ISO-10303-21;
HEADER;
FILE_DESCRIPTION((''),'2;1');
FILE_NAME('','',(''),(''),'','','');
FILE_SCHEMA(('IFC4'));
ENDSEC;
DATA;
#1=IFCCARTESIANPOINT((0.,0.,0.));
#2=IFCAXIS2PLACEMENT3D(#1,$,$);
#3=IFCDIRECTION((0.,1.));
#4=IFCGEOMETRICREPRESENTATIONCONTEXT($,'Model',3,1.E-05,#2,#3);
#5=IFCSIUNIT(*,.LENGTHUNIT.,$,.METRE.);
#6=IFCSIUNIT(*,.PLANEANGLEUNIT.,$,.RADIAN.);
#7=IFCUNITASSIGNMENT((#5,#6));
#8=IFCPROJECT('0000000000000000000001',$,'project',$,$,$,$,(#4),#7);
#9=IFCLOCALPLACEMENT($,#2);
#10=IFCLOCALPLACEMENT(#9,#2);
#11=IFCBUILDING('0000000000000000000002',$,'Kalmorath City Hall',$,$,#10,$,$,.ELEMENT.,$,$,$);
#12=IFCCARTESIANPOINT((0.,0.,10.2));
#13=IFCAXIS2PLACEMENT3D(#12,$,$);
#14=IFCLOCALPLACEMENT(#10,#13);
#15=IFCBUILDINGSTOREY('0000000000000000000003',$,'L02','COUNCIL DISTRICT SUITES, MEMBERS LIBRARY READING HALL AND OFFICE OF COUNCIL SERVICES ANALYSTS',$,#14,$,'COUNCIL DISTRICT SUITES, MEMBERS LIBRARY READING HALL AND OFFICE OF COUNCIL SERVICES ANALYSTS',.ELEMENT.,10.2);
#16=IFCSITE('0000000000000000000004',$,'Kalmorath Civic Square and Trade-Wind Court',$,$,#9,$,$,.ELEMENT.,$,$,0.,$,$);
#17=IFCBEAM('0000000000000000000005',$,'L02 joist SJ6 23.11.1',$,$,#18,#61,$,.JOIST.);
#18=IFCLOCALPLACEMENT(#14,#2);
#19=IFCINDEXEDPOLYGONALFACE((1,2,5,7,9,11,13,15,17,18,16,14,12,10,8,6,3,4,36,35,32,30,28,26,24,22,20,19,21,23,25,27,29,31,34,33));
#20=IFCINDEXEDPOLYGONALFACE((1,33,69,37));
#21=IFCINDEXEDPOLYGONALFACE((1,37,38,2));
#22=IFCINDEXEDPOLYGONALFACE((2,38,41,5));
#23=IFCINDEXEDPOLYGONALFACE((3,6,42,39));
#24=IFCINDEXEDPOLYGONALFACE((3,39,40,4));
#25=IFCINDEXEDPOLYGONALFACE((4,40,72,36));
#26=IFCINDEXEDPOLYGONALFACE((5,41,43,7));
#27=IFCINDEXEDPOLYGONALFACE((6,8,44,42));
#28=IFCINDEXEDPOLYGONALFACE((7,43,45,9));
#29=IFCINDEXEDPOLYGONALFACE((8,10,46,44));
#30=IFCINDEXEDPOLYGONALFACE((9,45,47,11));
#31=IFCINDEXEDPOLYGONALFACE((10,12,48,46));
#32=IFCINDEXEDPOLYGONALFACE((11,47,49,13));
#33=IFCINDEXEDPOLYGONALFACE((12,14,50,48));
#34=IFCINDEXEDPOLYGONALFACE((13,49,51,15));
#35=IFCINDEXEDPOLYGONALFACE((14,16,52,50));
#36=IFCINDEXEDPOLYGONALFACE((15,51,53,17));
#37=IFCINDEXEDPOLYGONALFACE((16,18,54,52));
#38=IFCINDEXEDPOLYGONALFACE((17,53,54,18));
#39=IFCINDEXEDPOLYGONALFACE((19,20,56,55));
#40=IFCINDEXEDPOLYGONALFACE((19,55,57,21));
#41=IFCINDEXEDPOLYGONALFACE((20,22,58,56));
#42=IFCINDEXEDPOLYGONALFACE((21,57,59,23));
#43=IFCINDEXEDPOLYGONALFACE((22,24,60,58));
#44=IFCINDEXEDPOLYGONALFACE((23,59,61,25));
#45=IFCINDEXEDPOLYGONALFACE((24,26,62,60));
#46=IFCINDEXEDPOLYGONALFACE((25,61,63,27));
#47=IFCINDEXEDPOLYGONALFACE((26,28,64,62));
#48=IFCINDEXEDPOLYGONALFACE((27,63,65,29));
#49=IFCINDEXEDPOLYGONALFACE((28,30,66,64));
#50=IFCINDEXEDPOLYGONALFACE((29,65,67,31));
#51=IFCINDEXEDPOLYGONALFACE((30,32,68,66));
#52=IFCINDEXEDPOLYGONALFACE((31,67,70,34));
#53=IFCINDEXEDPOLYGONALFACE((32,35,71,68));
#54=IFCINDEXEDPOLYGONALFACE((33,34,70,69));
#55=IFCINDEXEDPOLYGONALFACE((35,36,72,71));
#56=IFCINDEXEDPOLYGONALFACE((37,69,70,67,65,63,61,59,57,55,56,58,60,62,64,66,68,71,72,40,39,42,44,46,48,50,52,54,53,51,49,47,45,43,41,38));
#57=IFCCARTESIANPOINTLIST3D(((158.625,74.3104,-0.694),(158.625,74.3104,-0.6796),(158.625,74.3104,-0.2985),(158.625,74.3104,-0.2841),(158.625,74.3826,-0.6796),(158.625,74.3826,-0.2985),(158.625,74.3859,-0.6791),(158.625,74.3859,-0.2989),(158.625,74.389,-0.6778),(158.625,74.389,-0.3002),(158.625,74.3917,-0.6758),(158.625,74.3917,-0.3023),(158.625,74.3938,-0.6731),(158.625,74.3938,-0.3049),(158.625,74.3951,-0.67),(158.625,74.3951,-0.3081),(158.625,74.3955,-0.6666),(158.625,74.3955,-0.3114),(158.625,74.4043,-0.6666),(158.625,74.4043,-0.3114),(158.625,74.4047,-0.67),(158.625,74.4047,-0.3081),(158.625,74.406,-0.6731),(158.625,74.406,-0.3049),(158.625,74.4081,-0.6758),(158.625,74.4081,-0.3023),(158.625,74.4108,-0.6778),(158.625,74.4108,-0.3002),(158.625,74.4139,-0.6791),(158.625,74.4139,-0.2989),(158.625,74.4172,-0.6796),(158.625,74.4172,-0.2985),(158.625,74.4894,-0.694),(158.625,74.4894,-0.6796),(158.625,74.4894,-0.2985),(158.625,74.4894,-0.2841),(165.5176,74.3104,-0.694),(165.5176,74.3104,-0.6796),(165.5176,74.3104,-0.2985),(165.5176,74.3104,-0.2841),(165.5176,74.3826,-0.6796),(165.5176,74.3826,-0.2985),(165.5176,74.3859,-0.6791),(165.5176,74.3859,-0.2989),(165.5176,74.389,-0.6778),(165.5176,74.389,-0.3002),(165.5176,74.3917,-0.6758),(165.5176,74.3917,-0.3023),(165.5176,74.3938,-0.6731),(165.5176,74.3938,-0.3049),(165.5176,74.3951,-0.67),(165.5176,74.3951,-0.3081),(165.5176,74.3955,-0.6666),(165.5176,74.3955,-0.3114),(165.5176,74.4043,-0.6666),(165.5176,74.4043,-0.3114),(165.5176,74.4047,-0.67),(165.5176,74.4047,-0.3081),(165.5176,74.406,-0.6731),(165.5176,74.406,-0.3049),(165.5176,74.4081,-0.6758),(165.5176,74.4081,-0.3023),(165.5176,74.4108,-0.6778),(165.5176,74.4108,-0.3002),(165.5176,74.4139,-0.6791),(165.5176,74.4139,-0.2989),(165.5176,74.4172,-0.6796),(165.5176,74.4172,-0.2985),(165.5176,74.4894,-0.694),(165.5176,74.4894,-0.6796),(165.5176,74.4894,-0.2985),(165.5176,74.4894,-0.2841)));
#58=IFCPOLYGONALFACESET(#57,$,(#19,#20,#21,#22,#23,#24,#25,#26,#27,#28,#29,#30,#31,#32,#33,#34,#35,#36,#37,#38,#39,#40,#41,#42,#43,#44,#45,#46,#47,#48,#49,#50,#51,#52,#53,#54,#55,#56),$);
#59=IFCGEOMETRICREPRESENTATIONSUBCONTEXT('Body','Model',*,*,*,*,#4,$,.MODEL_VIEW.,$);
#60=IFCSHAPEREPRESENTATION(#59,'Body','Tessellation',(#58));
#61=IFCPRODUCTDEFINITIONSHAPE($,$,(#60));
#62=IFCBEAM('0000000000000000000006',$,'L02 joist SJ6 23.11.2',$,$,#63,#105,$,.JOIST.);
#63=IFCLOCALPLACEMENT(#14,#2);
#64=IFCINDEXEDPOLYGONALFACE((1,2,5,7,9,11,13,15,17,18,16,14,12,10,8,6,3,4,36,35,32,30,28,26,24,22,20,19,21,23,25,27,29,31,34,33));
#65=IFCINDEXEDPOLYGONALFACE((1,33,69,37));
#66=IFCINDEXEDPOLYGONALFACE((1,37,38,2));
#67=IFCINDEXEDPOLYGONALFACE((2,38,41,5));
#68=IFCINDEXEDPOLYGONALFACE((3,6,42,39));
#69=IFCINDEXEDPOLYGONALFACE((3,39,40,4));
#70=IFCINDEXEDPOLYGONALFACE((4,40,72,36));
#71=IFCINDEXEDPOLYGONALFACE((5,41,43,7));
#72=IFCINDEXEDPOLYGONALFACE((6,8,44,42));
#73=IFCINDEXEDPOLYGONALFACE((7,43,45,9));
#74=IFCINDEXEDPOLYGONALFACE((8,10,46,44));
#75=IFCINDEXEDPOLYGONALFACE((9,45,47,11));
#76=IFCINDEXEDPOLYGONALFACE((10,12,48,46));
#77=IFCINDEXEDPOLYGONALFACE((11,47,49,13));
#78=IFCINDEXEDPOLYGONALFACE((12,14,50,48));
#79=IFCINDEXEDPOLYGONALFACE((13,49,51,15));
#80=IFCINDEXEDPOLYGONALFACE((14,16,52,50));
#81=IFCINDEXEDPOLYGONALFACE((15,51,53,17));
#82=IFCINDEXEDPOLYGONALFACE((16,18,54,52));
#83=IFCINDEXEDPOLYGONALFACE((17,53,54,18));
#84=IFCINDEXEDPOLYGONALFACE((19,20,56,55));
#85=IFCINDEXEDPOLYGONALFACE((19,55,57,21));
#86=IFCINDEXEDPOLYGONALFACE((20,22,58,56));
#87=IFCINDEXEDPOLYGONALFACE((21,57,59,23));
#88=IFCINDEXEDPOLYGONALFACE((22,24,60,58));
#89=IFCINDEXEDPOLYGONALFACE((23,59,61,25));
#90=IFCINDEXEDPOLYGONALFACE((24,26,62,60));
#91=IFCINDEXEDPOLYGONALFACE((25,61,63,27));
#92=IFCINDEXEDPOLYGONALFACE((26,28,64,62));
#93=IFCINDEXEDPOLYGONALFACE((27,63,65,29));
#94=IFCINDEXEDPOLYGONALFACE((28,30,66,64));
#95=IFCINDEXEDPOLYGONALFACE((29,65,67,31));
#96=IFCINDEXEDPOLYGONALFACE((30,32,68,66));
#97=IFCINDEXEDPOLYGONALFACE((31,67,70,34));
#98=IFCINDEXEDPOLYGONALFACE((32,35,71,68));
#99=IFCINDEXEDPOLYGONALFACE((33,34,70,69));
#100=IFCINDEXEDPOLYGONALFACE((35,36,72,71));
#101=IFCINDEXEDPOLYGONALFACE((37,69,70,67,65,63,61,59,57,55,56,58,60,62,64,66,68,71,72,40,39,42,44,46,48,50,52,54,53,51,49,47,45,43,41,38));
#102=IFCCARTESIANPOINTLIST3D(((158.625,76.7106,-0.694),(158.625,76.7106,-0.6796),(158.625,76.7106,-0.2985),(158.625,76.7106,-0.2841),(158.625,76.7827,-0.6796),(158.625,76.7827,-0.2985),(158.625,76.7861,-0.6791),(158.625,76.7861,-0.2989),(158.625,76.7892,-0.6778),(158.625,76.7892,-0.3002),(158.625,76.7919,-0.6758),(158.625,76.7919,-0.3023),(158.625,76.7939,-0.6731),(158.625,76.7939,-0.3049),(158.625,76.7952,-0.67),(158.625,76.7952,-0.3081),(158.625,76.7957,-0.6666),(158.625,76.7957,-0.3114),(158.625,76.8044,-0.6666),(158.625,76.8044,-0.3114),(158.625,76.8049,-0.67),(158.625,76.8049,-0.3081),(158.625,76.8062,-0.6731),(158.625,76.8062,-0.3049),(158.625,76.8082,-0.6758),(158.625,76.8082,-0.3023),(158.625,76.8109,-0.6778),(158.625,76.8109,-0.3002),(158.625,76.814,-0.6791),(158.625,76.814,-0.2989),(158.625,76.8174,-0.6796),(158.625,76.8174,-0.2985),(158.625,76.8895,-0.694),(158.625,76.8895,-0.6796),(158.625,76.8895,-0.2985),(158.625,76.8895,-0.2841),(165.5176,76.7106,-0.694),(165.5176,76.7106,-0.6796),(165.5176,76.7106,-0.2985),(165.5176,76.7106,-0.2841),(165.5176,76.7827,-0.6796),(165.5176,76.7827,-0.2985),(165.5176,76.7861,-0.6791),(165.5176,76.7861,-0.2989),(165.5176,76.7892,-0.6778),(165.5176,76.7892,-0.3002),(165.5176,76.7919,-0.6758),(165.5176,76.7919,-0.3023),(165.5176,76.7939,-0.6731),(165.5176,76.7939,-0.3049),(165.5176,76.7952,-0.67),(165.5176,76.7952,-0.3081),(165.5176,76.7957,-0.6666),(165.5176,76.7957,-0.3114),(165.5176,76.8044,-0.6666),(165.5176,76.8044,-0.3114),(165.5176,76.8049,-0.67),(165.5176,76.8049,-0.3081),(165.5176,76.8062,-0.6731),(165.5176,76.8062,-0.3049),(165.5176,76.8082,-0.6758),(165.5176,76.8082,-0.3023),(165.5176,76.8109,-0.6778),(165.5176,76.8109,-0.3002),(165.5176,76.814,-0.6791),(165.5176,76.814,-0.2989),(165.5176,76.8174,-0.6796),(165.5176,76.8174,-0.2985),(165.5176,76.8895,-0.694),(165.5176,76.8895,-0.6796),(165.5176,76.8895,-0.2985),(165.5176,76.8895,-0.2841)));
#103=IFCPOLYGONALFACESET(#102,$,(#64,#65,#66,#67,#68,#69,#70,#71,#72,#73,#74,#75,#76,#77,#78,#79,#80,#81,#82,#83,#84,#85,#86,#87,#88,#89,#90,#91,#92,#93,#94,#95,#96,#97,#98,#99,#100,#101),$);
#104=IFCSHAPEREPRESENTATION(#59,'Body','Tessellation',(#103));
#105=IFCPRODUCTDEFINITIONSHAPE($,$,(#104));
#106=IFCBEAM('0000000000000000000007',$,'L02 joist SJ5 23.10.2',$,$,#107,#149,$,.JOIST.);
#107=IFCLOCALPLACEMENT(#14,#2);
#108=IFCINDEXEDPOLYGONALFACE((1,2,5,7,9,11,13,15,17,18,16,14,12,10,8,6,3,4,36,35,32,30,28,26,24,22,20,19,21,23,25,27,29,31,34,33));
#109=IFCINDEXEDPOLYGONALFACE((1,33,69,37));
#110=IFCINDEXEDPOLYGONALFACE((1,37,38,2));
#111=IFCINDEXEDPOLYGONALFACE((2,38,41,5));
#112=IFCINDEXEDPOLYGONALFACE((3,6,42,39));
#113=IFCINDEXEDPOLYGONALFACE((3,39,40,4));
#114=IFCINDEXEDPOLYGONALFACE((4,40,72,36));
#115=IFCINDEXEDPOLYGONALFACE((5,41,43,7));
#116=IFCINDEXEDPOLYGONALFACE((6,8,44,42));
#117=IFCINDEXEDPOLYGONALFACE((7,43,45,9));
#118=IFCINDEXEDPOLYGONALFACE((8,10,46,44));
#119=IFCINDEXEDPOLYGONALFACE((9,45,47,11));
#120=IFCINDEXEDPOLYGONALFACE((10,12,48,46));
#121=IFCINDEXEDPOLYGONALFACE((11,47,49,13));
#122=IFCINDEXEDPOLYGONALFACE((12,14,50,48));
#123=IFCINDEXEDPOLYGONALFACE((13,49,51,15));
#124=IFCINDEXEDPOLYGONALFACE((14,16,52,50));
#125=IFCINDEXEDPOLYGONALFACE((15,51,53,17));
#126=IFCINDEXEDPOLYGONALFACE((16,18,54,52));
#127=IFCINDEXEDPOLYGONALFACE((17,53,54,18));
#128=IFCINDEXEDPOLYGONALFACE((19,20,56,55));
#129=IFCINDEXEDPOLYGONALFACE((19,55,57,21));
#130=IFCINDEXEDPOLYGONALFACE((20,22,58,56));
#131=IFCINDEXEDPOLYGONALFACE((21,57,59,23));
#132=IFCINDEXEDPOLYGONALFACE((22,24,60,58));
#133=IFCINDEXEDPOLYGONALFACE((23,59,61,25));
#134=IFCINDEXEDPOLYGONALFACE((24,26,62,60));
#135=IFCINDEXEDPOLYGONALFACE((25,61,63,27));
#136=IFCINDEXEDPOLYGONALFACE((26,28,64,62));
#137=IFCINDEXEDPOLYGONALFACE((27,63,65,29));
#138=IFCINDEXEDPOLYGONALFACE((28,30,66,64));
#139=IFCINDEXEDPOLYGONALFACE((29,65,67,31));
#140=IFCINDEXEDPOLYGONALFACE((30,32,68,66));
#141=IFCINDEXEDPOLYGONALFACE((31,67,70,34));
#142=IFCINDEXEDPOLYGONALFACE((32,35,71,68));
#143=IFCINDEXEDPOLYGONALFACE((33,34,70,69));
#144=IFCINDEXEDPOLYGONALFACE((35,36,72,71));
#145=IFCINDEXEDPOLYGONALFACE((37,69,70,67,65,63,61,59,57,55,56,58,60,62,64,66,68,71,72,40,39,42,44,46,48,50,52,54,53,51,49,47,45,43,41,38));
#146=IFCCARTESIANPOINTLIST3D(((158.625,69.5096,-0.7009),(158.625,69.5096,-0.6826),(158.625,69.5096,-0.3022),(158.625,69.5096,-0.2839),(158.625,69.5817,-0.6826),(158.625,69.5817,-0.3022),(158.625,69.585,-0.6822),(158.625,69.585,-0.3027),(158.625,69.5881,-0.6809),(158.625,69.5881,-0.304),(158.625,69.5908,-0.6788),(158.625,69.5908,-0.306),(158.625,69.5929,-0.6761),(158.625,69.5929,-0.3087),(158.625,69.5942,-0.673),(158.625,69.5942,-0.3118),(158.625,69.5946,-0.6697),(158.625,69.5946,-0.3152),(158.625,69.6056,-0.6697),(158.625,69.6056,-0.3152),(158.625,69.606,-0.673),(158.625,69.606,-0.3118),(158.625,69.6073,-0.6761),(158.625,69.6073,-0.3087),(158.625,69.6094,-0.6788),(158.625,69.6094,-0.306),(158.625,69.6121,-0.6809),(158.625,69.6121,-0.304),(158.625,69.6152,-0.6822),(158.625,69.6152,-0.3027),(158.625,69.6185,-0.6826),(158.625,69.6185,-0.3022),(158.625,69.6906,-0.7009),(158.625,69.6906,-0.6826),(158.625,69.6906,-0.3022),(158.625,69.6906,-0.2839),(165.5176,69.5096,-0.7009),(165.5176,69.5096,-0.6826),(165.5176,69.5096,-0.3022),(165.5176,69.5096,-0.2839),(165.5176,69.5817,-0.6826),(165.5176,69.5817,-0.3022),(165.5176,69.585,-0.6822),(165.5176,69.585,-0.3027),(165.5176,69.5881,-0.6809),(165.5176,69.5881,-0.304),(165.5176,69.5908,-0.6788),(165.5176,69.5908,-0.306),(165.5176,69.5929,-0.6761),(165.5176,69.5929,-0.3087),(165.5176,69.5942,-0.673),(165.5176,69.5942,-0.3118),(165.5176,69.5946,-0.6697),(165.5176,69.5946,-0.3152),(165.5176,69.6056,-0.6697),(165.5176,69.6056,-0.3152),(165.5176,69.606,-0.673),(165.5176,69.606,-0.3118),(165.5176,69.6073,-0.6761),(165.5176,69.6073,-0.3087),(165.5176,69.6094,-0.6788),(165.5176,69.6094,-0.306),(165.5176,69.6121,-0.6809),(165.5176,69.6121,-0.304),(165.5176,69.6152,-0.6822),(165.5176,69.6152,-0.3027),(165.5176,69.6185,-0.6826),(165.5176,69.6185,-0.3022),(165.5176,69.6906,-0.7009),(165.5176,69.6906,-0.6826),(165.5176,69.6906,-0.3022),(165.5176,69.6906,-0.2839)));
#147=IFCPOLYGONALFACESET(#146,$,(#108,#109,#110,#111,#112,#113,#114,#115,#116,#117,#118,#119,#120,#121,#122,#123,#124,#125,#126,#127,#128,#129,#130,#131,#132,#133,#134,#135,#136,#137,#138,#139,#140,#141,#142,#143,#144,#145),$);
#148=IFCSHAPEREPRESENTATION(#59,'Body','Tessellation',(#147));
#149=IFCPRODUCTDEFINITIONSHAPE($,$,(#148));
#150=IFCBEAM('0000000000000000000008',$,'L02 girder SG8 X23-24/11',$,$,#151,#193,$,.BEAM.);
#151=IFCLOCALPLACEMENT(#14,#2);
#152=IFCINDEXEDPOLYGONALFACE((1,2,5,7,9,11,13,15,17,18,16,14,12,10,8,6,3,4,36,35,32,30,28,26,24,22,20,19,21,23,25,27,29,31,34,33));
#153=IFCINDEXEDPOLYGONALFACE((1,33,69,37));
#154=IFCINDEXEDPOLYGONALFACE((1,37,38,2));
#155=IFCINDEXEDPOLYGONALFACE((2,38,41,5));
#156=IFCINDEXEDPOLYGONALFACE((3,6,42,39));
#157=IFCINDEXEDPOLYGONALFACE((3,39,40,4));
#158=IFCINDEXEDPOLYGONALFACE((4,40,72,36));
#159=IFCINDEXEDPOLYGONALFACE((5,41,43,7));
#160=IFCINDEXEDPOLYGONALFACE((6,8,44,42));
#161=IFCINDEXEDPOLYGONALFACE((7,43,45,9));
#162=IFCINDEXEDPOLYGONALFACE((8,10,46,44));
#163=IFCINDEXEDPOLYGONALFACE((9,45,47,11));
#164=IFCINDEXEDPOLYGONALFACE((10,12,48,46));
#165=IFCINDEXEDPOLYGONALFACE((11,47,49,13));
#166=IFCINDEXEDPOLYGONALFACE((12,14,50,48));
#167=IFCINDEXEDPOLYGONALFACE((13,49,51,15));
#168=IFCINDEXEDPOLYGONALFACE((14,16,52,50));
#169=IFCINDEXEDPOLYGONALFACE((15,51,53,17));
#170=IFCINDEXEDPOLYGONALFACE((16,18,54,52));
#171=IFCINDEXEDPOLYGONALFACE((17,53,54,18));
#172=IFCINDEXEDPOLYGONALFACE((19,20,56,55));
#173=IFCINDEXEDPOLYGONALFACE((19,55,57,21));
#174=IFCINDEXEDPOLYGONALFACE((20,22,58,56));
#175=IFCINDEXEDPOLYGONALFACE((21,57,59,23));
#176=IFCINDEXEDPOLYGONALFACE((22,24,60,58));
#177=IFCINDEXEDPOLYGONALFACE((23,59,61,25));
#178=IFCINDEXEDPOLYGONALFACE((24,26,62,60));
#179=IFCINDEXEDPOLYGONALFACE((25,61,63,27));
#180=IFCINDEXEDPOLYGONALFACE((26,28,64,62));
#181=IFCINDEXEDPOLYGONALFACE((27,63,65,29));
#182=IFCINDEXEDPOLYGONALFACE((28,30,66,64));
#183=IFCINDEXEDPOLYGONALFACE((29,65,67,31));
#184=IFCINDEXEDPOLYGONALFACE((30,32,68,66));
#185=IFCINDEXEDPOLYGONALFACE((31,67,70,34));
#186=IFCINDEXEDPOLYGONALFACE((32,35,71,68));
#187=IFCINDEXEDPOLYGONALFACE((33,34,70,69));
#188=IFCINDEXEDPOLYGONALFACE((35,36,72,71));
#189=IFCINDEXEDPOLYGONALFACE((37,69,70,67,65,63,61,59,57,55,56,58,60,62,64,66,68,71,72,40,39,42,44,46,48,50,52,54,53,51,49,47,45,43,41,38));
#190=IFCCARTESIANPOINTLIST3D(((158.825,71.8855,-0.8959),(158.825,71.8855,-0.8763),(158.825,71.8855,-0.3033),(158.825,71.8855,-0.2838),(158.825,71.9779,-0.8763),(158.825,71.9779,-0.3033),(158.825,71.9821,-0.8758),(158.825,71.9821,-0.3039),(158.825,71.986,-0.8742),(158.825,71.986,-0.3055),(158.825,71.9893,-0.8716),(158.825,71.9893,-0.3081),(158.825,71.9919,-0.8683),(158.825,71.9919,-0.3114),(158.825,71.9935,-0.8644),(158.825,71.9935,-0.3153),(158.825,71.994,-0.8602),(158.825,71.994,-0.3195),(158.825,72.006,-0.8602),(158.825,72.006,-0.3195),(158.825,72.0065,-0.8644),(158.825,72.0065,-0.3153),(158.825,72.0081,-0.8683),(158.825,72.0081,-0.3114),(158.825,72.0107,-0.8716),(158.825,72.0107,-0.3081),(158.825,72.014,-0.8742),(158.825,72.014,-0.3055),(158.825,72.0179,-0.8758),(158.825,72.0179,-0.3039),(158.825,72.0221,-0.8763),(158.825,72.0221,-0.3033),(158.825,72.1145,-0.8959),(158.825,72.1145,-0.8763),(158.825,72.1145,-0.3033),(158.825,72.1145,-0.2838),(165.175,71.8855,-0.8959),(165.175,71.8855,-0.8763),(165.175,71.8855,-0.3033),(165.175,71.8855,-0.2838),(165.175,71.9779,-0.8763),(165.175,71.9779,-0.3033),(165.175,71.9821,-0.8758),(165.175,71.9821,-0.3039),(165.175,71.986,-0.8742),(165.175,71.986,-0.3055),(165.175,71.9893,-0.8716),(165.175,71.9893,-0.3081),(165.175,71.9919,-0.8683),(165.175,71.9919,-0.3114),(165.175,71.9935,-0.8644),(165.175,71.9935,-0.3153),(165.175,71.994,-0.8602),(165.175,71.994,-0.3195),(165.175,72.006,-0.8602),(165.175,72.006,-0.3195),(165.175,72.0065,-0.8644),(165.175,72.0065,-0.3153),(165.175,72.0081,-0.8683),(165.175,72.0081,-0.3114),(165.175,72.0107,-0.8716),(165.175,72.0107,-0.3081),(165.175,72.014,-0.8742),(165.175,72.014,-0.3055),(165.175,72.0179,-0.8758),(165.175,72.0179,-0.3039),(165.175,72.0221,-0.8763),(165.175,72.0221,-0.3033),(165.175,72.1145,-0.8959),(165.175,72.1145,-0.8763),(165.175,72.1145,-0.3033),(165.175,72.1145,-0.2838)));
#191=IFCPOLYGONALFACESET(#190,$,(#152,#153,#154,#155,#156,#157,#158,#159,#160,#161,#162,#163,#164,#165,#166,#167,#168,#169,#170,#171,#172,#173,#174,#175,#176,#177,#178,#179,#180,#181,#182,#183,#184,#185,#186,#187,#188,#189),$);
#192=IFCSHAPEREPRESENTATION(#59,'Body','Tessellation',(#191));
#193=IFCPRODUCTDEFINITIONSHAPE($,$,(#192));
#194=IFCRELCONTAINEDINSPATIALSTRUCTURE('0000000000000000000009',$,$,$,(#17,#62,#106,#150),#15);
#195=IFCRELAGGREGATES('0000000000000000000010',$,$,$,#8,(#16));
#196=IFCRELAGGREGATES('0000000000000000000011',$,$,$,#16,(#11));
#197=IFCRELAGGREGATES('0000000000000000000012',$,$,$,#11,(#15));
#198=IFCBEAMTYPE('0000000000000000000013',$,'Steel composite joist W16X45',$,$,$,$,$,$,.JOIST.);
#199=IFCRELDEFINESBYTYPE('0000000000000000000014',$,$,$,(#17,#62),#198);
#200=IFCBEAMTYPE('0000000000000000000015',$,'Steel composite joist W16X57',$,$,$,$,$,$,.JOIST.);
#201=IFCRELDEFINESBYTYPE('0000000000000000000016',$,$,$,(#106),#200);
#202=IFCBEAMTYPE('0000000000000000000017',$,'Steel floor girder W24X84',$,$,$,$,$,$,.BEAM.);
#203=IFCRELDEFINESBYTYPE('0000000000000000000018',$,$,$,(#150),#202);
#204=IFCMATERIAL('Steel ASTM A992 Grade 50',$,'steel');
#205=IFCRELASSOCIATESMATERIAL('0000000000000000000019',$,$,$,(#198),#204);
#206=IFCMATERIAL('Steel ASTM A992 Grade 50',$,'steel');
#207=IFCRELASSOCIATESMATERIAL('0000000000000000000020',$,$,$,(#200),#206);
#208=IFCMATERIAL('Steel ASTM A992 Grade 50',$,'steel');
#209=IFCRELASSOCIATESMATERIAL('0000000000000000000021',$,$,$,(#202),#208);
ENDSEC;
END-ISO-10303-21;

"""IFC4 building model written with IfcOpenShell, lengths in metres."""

from ifc_helpers import new_model, si_unit, direction, frame, origin, origin_2d, place, context, subcontext, project, spatial, i_section, extrude, material, material_profile, profile_set, type_object, element, save


model = new_model("IFC4")

# Units and contexts
model_context = context("Model", 3, precision=1e-05, world=origin(), true_north=direction((0.0, 1.0)))
body_context = subcontext(model_context, "Body", "Model", "MODEL_VIEW")
ifc_project = project(units=[si_unit("LENGTHUNIT", "METRE"), si_unit("PLANEANGLEUNIT", "RADIAN")], contexts=[model_context])

# Site, building, storey
site_placement = place(None, origin())
site = spatial("IfcSite", under=ifc_project, at=site_placement, Name="Kalmorath Civic Square and Trade-Wind Court", CompositionType="ELEMENT", RefElevation=0.0)
building_placement = place(site_placement, origin())
building = spatial("IfcBuilding", under=site, at=building_placement, Name="Kalmorath City Hall", CompositionType="ELEMENT")
storey_placement = place(building_placement, frame((0.0, 0.0, 10.2)))
storey = spatial("IfcBuildingStorey", under=building, at=storey_placement, Name="L02", Description="COUNCIL DISTRICT SUITES, MEMBERS LIBRARY READING HALL AND OFFICE OF COUNCIL SERVICES ANALYSTS", LongName="COUNCIL DISTRICT SUITES, MEMBERS LIBRARY READING HALL AND OFFICE OF COUNCIL SERVICES ANALYSTS", CompositionType="ELEMENT", Elevation=10.2)

# Beams
ifc_material_1 = material(Name="Steel ASTM A992 Grade 50", Category="steel")
ifc_material_profile_1 = material_profile(ifc_material_1, i_section(OverallWidth=0.179, OverallDepth=0.4099, WebThickness=0.0088, FlangeThickness=0.0144, FilletRadius=0.0129, at=origin_2d()), Name="W16X45")
ifc_profile_set_1 = profile_set([ifc_material_profile_1], Name="Steel ASTM A992 Grade 50")
beam_type_1 = type_object("IfcBeamType", Name="Steel composite joist W16X45", PredefinedType="JOIST", material=ifc_profile_set_1)
for number, where, z_axis, x_axis, name in (
    (1, (158.625, 74.3999, -0.489), (1.0, 0.0, 0.0), (0.0, 1.0, 0.0), "L02 joist SJ6 23.11.1"),
    (2, (158.625, 76.8, -0.489), (1.0, 0.0, 0.0), (0.0, 1.0, 0.0), "L02 joist SJ6 23.11.2"),
):
    element("IfcBeam", number, at=place(storey_placement, frame(where, z_axis=z_axis, x_axis=x_axis)), inside=storey, type_object=beam_type_1, Name=name, PredefinedType="JOIST", context=body_context, shape_type="SweptSolid", body=[
        extrude(i_section(OverallWidth=0.179, OverallDepth=0.4099, WebThickness=0.0088, FlangeThickness=0.0144, FilletRadius=0.0129, at=origin_2d()), origin(), (0.0, 0.0, 1.0), 6.8926),
    ])
ifc_material_2 = material(Name="Steel ASTM A992 Grade 50", Category="steel")
ifc_material_profile_2 = material_profile(ifc_material_2, i_section(OverallWidth=0.1809, OverallDepth=0.417, WebThickness=0.011, FlangeThickness=0.0183, FilletRadius=0.0129, at=origin_2d()), Name="W16X57")
ifc_profile_set_2 = profile_set([ifc_material_profile_2], Name="Steel ASTM A992 Grade 50")
beam_type_2 = type_object("IfcBeamType", Name="Steel composite joist W16X57", PredefinedType="JOIST", material=ifc_profile_set_2)
beam_1_placement = place(storey_placement, frame((158.625, 69.6001, -0.4924), z_axis=(1.0, 0.0, 0.0), x_axis=(0.0, 1.0, 0.0)))
element("IfcBeam", 3, at=beam_1_placement, inside=storey, type_object=beam_type_2, Name="L02 joist SJ5 23.10.2", PredefinedType="JOIST", context=body_context, shape_type="SweptSolid", body=[
    extrude(i_section(OverallWidth=0.1809, OverallDepth=0.417, WebThickness=0.011, FlangeThickness=0.0183, FilletRadius=0.0129, at=origin_2d()), origin(), (0.0, 0.0, 1.0), 6.8926),
])
ifc_material_3 = material(Name="Steel ASTM A992 Grade 50", Category="steel")
ifc_material_profile_3 = material_profile(ifc_material_3, i_section(OverallWidth=0.229, OverallDepth=0.6121, WebThickness=0.012, FlangeThickness=0.0195, FilletRadius=0.0161, at=origin_2d()), Name="W24X84")
ifc_profile_set_3 = profile_set([ifc_material_profile_3], Name="Steel ASTM A992 Grade 50")
beam_type_3 = type_object("IfcBeamType", Name="Steel floor girder W24X84", PredefinedType="BEAM", material=ifc_profile_set_3)
for number, where, z_axis, x_axis, name in (
    (4, (158.825, 72.0, -0.5898), (1.0, 0.0, 0.0), (0.0, 1.0, 0.0), "L02 girder SG8 X23-24/11"),
):
    element("IfcBeam", number, at=place(storey_placement, frame(where, z_axis=z_axis, x_axis=x_axis)), inside=storey, type_object=beam_type_3, Name=name, PredefinedType="BEAM", context=body_context, shape_type="SweptSolid", body=[
        extrude(i_section(OverallWidth=0.229, OverallDepth=0.6121, WebThickness=0.012, FlangeThickness=0.0195, FilletRadius=0.0161, at=origin_2d()), origin(), (0.0, 0.0, 1.0), 6.3501),
    ])

save(model, "model.ifc")
